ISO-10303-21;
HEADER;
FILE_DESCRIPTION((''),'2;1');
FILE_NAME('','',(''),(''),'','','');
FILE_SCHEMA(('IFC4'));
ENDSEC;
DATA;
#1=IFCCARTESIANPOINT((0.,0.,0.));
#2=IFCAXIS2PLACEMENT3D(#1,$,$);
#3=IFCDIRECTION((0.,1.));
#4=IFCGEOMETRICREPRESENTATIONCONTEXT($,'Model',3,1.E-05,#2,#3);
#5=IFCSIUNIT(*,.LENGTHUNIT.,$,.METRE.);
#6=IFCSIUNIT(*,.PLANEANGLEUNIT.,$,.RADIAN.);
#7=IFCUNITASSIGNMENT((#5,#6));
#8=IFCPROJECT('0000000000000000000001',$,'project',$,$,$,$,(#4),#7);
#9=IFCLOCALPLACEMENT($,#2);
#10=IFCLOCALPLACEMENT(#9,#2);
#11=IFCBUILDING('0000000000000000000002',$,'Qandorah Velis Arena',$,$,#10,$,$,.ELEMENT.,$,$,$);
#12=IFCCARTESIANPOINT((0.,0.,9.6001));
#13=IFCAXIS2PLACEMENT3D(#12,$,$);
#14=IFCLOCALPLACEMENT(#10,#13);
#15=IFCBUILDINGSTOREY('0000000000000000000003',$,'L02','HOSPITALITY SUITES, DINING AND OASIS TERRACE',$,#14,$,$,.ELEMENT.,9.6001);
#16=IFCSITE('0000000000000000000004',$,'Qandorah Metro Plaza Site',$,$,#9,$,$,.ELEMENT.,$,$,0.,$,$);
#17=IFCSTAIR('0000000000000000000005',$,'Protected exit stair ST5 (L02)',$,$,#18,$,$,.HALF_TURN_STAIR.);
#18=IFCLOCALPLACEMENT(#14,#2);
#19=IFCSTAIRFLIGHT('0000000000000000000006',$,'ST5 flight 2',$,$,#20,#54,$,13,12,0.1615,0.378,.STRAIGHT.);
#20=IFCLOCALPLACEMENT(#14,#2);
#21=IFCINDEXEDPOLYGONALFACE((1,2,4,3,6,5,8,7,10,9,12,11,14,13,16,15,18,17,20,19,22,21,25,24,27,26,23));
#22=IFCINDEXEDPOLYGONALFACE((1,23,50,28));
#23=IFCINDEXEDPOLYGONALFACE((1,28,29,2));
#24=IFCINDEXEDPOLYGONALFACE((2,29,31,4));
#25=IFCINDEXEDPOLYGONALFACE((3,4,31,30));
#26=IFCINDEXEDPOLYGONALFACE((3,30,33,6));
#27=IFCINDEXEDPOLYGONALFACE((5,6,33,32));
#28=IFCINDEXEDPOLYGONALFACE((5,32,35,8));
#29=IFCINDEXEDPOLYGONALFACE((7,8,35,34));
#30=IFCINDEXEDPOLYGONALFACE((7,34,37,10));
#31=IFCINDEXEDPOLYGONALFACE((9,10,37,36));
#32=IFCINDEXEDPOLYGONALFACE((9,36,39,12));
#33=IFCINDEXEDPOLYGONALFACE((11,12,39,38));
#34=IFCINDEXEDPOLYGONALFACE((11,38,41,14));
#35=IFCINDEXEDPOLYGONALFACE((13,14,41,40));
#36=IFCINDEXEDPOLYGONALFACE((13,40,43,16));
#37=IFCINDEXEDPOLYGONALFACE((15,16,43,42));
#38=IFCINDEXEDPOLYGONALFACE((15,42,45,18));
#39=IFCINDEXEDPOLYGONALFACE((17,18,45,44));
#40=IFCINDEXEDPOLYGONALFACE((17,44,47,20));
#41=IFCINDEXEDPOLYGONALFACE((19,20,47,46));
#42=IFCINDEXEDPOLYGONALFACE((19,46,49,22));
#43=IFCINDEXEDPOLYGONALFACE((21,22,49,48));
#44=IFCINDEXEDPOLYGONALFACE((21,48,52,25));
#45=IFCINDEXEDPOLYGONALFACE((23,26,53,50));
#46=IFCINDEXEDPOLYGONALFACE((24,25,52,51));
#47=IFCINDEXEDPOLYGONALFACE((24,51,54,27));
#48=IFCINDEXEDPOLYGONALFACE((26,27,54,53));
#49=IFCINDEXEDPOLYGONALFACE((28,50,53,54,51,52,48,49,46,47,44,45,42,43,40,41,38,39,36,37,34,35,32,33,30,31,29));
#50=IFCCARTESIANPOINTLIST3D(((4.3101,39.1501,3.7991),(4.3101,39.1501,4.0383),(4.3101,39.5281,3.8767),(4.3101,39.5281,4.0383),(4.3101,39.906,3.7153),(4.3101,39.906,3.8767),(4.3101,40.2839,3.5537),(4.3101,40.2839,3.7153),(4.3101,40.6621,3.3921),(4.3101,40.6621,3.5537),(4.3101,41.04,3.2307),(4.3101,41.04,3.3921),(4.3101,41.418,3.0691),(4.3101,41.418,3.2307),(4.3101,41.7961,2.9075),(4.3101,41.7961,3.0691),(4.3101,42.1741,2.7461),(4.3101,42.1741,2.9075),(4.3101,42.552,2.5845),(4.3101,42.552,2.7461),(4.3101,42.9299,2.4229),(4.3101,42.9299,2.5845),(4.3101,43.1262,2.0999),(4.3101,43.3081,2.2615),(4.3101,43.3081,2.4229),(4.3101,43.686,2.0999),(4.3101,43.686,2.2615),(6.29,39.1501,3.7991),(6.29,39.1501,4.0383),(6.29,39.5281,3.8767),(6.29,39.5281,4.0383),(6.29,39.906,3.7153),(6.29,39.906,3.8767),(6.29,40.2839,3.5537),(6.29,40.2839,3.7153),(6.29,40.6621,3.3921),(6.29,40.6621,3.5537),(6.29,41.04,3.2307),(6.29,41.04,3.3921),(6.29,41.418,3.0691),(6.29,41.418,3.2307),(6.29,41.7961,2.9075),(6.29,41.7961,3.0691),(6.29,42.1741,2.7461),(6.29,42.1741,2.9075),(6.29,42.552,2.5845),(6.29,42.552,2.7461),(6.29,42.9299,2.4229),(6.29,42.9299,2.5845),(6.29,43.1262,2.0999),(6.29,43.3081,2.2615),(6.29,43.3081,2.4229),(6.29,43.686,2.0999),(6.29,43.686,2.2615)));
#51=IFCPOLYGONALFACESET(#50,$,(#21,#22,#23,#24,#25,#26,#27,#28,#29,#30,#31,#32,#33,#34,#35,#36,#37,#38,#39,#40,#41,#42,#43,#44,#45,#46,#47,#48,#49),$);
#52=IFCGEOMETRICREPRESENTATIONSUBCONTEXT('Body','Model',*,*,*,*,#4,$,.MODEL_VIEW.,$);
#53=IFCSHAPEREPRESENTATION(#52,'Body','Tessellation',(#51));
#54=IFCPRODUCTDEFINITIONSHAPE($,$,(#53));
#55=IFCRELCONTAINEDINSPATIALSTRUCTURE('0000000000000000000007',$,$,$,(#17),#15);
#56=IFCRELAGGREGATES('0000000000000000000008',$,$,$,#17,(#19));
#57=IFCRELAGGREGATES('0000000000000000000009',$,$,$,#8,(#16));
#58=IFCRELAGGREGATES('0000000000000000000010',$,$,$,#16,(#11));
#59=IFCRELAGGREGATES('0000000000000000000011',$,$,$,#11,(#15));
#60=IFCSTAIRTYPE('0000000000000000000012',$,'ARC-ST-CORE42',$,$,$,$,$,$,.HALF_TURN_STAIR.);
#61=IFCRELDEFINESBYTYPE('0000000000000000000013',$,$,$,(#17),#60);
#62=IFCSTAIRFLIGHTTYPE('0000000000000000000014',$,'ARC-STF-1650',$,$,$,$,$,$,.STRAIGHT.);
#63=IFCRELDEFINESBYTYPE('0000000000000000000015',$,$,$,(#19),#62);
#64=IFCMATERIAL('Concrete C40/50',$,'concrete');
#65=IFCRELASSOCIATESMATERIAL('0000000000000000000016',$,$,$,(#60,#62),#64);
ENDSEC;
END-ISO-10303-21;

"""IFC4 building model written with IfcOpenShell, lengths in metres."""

from ifc_helpers import new_model, si_unit, direction, frame, origin, place, context, subcontext, project, spatial, polyline, outline, extrude, material, type_object, element, aggregate, save


model = new_model("IFC4")

# Units and contexts
model_context = context("Model", 3, precision=1e-05, world=origin(), true_north=direction((0.0, 1.0)))
body_context = subcontext(model_context, "Body", "Model", "MODEL_VIEW")
ifc_project = project(units=[si_unit("LENGTHUNIT", "METRE"), si_unit("PLANEANGLEUNIT", "RADIAN")], contexts=[model_context])

# Site, building, storey
site_placement = place(None, origin())
site = spatial("IfcSite", under=ifc_project, at=site_placement, Name="Qandorah Metro Plaza Site", CompositionType="ELEMENT", RefElevation=0.0)
building_placement = place(site_placement, origin())
building = spatial("IfcBuilding", under=site, at=building_placement, Name="Qandorah Velis Arena", CompositionType="ELEMENT")
storey_placement = place(building_placement, frame((0.0, 0.0, 9.6001)))
storey = spatial("IfcBuildingStorey", under=building, at=storey_placement, Name="L02", Description="HOSPITALITY SUITES, DINING AND OASIS TERRACE", CompositionType="ELEMENT", Elevation=9.6001)

# Shared definitions
ifc_material_1 = material(Name="Concrete C40/50", Category="concrete")

# Stair, stair flight
stair_type = type_object("IfcStairType", Name="ARC-ST-CORE42", PredefinedType="HALF_TURN_STAIR", material=ifc_material_1)
stair_placement = place(storey_placement, origin())
stair = element("IfcStair", 1, at=stair_placement, inside=storey, type_object=stair_type, Name="Protected exit stair ST5 (L02)", PredefinedType="HALF_TURN_STAIR")
stair_flight_type = type_object("IfcStairFlightType", Name="ARC-STF-1650", PredefinedType="STRAIGHT", material=ifc_material_1)
stair_flight_placement = place(storey_placement, frame((5.3, 43.686, 2.0999), z_axis=(0.0, 0.0, 1.0), x_axis=(0.0, -1.0, 0.0)))
stair_flight = element("IfcStairFlight", 2, at=stair_flight_placement, type_object=stair_flight_type, Name="ST5 flight 2", NumberOfRisers=13, NumberOfTreads=12, PredefinedType="STRAIGHT", RiserHeight=0.1615, TreadLength=0.378, context=body_context, shape_type="SweptSolid", body=[
    extrude(outline(polyline([(0.0, 0.0), (0.0, 0.1616), (0.3779, 0.1616), (0.3779, 0.323), (0.7561, 0.323), (0.7561, 0.4846), (1.134, 0.4846), (1.134, 0.6462), (1.512, 0.6462), (1.512, 0.8076), (1.8899, 0.8076), (1.8899, 0.9692), (2.2681, 0.9692), (2.2681, 1.1309), (2.646, 1.1309), (2.646, 1.2922), (3.0239, 1.2922), (3.0239, 1.4539), (3.4021, 1.4539), (3.4021, 1.6155), (3.78, 1.6155), (3.78, 1.7769), (4.158, 1.7769), (4.158, 1.9385), (4.5359, 1.9385), (4.5359, 2.1001), (4.5359, 1.6992), (0.5598, 0.0), (0.0, 0.0)])), frame((0.0, 0.99, 0.0), z_axis=(0.0, -1.0, 0.0), x_axis=(1.0, 0.0, 0.0)), (0.0, 0.0, 1.0), 1.98),
])
aggregate(stair, [stair_flight])

save(model, "model.ifc")
